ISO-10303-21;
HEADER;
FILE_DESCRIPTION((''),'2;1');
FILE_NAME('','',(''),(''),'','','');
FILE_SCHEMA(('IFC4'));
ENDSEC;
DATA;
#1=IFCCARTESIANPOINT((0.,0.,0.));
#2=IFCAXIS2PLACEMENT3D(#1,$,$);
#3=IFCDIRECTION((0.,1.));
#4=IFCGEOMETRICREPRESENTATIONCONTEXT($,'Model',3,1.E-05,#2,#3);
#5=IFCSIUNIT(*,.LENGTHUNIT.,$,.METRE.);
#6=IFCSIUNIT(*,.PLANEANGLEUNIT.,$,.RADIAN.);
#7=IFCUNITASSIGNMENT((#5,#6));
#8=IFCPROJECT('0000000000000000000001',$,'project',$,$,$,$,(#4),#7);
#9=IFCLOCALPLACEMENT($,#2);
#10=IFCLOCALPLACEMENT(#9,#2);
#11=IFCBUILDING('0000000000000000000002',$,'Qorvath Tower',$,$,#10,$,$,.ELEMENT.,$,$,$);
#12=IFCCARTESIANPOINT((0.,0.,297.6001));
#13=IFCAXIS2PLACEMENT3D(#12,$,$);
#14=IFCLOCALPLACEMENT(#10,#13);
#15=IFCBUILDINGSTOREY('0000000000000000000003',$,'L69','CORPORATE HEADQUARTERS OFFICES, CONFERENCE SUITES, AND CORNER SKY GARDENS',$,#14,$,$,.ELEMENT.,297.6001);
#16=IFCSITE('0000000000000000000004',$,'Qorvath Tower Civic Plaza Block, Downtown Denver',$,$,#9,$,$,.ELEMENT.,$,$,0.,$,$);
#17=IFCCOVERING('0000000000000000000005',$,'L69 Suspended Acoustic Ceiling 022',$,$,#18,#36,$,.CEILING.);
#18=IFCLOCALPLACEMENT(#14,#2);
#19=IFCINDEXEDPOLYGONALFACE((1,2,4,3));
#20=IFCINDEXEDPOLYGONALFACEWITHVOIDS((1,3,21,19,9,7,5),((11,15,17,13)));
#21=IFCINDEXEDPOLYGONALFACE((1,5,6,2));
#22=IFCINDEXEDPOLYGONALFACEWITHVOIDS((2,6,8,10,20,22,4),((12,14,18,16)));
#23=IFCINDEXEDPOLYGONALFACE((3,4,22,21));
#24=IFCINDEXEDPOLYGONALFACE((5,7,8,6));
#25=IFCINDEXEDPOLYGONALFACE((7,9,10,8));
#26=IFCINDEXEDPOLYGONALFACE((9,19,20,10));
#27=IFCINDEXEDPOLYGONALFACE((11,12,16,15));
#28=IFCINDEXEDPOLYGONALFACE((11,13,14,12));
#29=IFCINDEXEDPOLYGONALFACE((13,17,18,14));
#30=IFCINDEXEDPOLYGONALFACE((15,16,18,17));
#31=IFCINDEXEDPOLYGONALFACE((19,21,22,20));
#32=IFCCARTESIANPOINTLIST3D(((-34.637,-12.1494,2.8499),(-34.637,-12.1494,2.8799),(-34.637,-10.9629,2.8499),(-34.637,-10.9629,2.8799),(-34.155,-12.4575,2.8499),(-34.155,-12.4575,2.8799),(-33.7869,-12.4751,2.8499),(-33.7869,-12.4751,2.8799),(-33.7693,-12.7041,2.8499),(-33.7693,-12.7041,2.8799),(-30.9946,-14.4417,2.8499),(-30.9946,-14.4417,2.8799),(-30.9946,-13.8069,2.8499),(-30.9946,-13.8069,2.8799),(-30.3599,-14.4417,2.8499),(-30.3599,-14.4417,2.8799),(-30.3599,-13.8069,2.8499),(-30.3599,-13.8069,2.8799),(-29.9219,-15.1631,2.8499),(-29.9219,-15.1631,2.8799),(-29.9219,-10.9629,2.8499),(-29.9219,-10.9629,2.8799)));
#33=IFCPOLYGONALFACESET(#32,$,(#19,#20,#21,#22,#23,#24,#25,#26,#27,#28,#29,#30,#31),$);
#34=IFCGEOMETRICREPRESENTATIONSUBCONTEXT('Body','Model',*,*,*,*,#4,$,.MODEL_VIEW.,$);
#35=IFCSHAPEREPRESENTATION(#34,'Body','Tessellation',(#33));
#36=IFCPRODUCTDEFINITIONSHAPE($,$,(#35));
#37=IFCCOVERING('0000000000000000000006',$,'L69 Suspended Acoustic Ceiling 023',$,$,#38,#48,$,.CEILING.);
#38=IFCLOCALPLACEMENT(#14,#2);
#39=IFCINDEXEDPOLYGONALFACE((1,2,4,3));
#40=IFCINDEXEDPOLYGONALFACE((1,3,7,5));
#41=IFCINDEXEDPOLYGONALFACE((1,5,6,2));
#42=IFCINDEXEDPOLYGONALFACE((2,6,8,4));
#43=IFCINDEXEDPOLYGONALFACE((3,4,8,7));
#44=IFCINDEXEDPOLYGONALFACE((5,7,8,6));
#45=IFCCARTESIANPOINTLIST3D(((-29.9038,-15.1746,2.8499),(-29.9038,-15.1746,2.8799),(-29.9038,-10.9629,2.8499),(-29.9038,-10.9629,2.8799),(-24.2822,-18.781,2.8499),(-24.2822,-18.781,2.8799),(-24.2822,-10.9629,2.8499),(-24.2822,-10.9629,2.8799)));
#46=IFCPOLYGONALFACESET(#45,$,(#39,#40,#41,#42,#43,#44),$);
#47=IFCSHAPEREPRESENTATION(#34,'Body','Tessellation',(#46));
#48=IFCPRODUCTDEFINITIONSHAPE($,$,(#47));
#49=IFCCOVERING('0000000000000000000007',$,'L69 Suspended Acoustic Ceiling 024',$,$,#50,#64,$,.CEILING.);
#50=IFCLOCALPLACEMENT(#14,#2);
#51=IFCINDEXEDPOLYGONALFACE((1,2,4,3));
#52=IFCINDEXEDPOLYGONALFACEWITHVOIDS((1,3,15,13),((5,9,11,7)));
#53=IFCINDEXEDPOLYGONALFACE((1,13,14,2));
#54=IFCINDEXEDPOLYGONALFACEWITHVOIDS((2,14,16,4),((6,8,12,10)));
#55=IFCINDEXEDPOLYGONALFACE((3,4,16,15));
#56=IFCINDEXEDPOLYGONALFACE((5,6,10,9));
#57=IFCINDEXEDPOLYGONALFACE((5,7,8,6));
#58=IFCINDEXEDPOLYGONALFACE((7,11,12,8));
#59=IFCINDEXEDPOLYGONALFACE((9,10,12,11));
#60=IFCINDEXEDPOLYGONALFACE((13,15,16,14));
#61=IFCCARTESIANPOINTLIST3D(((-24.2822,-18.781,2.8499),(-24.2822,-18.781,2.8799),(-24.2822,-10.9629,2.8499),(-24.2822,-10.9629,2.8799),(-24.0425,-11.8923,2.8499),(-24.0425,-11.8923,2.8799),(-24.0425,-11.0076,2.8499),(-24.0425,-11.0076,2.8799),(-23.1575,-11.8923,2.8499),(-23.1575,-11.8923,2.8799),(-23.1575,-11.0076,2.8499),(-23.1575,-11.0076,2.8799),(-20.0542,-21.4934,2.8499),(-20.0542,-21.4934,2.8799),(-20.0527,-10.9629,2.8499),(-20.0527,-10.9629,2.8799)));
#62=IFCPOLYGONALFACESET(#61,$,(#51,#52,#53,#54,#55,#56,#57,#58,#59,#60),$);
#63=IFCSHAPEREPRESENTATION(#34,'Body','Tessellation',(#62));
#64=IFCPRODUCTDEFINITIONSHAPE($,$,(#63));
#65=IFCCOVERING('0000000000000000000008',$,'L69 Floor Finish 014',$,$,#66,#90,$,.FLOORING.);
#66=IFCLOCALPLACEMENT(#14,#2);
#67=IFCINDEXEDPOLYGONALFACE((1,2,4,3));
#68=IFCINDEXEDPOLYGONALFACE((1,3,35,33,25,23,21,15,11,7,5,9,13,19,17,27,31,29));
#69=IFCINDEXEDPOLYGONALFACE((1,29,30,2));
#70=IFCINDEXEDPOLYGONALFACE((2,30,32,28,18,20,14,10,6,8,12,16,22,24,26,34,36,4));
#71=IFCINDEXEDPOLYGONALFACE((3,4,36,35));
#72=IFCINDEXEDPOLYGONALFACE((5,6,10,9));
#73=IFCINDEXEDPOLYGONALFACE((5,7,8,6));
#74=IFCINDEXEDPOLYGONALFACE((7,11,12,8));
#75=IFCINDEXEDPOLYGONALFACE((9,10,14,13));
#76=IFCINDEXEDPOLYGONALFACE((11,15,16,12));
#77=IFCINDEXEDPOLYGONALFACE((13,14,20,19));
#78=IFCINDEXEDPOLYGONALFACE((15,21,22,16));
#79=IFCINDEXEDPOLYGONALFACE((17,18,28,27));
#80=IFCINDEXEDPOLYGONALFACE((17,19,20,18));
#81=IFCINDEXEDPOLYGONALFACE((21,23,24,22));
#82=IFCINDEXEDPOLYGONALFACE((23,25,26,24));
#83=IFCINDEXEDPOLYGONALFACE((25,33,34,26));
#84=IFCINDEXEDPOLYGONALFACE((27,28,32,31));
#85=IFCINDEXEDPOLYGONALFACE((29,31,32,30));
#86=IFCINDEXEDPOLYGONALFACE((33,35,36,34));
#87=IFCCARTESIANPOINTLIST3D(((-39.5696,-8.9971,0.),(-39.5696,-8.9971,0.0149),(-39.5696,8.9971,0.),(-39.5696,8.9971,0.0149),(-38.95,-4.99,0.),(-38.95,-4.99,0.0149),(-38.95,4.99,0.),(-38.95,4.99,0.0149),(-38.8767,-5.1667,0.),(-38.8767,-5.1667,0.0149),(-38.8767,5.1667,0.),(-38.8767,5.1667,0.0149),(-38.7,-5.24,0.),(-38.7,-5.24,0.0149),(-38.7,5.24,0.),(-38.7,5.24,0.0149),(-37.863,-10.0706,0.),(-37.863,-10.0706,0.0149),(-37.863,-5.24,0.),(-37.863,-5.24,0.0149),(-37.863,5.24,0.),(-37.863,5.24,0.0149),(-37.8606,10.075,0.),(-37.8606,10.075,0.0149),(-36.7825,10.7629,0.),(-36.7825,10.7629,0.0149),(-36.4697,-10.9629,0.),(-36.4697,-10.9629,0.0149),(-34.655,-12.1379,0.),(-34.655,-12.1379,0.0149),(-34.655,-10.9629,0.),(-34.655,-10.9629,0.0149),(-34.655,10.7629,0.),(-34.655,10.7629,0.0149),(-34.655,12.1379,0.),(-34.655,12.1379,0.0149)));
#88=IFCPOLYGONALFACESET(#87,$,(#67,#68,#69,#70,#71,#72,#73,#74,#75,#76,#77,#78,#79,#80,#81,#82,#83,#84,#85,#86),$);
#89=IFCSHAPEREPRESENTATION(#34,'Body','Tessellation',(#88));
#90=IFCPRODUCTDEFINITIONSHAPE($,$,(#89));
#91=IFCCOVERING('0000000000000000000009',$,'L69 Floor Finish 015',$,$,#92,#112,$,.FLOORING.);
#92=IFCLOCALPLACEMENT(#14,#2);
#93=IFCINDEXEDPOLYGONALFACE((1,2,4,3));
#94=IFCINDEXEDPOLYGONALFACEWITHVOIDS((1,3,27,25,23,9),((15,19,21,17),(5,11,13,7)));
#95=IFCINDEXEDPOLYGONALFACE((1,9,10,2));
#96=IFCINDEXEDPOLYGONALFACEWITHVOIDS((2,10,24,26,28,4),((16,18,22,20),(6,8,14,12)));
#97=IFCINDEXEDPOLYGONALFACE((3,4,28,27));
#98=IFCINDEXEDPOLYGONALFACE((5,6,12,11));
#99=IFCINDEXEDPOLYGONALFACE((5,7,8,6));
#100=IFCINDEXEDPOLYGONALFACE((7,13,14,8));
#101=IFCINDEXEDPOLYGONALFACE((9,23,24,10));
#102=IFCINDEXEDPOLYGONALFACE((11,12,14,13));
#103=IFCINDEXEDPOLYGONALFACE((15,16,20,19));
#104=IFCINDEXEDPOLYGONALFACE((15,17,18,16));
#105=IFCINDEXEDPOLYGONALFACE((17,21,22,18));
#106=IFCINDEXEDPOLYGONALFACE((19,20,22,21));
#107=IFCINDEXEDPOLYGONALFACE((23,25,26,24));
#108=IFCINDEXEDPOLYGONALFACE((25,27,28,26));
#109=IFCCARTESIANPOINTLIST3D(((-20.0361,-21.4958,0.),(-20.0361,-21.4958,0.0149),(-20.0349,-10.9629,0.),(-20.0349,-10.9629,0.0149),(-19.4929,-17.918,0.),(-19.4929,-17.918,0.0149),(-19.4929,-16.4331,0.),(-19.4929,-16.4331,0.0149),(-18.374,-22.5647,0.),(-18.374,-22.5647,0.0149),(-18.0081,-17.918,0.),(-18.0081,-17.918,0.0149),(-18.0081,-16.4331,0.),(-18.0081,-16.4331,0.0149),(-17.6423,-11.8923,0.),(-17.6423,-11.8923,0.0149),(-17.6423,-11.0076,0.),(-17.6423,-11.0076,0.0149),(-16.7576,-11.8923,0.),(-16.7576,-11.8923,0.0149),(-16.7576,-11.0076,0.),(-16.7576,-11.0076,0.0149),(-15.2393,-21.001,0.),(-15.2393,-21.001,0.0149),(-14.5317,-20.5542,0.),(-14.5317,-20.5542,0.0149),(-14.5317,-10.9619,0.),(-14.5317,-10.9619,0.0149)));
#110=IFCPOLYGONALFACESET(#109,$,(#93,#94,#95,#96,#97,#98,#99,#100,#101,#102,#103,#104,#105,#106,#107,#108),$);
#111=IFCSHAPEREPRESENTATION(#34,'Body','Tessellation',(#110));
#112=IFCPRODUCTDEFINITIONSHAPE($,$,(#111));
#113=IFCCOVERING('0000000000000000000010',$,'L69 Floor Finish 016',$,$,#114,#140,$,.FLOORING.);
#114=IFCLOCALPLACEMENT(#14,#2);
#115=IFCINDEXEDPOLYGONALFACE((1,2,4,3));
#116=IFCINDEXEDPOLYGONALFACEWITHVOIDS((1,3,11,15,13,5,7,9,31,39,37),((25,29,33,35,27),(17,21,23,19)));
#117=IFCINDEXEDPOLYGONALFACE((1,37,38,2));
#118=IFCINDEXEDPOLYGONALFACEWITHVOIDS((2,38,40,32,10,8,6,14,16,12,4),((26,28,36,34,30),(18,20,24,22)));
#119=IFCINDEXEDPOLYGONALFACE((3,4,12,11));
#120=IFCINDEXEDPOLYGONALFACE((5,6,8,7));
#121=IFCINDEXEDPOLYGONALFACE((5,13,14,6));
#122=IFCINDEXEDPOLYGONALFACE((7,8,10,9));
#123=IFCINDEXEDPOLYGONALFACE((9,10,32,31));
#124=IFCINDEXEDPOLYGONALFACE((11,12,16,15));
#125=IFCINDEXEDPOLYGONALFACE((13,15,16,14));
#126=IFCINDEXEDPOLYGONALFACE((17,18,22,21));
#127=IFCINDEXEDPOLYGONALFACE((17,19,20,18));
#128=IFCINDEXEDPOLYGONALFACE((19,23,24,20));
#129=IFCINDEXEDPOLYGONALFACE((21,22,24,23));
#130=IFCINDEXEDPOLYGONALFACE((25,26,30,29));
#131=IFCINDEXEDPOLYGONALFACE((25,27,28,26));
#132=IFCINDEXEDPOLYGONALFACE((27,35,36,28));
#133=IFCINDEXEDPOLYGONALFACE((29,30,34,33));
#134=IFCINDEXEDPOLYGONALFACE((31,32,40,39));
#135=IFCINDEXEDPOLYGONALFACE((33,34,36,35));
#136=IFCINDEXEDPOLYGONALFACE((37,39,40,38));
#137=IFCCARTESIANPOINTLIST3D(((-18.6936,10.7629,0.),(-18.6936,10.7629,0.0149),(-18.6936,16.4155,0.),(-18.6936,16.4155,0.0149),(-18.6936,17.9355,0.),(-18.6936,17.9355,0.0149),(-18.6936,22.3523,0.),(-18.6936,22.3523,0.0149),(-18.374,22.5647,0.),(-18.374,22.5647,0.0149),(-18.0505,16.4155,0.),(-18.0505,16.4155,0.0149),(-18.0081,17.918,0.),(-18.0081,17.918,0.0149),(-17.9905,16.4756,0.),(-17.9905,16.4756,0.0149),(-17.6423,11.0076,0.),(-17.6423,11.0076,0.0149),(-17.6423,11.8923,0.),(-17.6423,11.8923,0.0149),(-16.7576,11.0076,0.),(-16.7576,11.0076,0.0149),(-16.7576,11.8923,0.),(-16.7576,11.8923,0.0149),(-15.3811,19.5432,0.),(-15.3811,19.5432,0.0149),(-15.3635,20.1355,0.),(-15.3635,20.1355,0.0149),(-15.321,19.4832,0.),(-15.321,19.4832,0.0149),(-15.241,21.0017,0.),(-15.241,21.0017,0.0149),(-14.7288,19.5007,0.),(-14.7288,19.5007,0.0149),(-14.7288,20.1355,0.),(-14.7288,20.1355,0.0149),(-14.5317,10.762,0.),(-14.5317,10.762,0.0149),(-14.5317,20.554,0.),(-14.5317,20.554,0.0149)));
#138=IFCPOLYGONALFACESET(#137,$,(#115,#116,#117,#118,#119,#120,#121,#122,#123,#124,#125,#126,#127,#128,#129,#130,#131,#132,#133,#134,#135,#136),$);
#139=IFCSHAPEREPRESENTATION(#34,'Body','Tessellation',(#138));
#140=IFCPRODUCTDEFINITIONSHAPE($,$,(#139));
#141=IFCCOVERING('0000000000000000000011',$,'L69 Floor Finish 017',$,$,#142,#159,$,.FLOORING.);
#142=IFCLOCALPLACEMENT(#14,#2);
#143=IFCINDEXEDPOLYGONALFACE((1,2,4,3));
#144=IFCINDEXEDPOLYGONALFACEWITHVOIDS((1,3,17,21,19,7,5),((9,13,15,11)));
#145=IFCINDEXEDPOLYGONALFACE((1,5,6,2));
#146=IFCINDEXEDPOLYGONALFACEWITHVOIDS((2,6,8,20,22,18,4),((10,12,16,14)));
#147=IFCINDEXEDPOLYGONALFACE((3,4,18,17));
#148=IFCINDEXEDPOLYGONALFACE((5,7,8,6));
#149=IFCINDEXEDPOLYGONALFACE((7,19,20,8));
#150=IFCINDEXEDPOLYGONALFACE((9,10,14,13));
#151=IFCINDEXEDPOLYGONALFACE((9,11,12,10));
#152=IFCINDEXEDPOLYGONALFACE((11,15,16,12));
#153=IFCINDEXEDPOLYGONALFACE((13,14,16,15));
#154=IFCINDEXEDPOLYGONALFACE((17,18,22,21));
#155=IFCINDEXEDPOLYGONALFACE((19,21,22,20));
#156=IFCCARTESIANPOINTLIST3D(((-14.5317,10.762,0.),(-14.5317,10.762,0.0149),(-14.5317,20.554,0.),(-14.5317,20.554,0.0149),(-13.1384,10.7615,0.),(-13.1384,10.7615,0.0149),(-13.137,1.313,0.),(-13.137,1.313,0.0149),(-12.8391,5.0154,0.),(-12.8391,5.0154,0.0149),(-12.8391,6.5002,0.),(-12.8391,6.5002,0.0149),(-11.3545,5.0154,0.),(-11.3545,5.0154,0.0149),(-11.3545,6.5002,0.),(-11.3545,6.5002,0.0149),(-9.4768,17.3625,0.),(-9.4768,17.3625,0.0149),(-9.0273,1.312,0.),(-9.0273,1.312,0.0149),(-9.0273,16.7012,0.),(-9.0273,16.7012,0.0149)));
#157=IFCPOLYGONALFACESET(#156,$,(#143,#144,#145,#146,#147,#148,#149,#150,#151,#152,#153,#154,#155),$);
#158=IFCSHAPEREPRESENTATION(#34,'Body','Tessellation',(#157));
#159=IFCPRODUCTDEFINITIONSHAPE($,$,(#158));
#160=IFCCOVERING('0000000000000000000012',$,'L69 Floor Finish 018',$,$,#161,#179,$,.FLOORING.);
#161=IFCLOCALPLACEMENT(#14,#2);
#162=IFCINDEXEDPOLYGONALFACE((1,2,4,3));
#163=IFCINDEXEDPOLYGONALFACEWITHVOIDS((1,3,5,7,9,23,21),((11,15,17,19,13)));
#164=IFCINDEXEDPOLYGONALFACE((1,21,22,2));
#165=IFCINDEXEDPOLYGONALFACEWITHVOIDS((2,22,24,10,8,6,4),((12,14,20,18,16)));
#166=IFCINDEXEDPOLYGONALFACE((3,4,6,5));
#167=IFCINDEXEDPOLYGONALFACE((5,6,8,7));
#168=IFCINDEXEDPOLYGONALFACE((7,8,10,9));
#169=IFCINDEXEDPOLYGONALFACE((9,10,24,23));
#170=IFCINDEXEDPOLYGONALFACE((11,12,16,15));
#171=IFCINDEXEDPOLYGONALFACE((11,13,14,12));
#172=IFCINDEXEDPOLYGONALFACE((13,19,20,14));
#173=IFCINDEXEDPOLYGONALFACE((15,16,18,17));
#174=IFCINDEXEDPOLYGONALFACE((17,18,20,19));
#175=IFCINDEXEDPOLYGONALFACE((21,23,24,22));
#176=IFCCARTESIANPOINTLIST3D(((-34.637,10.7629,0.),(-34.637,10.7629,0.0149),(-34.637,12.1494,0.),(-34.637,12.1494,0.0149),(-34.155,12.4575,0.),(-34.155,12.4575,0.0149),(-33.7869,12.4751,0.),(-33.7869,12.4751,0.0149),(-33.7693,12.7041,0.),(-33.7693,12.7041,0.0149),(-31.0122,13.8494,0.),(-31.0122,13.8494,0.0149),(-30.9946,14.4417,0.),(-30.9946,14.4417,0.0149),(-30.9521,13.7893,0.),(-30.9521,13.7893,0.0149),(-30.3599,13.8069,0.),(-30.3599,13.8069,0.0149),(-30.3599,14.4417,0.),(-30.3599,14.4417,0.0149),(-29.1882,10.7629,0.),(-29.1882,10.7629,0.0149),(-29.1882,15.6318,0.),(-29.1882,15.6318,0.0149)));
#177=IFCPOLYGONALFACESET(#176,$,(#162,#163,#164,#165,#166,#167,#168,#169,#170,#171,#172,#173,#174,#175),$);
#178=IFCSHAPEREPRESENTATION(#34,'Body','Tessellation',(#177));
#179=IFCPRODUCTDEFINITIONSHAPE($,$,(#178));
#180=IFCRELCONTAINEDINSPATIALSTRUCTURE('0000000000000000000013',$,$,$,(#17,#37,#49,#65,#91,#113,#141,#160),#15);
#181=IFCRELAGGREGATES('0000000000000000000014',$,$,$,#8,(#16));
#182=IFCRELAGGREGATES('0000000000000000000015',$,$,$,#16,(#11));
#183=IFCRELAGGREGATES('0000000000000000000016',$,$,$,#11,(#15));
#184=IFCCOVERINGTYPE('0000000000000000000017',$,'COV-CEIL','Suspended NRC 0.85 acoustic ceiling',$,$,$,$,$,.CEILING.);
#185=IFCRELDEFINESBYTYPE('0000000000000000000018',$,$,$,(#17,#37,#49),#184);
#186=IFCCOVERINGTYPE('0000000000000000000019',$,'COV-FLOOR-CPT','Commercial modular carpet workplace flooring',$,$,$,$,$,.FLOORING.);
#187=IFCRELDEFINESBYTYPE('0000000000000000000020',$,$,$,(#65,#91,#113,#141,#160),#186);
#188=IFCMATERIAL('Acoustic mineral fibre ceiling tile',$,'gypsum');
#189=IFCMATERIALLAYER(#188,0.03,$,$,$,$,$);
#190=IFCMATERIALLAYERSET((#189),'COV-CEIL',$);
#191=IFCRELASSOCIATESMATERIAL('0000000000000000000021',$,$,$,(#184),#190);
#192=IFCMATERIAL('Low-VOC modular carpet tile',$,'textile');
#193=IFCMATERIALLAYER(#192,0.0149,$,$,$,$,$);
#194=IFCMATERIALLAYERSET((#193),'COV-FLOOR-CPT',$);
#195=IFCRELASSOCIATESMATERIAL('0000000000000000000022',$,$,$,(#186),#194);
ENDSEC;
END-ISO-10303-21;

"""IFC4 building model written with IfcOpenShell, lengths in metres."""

from ifc_helpers import new_model, si_unit, direction, frame, origin, place, context, subcontext, project, spatial, polyline, outline, extrude, material, layer, layer_set, type_object, element, save


model = new_model("IFC4")

# Units and contexts
model_context = context("Model", 3, precision=1e-05, world=origin(), true_north=direction((0.0, 1.0)))
body_context = subcontext(model_context, "Body", "Model", "MODEL_VIEW")
ifc_project = project(units=[si_unit("LENGTHUNIT", "METRE"), si_unit("PLANEANGLEUNIT", "RADIAN")], contexts=[model_context])

# Site, building, storey
site_placement = place(None, origin())
site = spatial("IfcSite", under=ifc_project, at=site_placement, Name="Qorvath Tower Civic Plaza Block, Downtown Denver", CompositionType="ELEMENT", RefElevation=0.0)
building_placement = place(site_placement, origin())
building = spatial("IfcBuilding", under=site, at=building_placement, Name="Qorvath Tower", CompositionType="ELEMENT")
storey_placement = place(building_placement, frame((0.0, 0.0, 297.6001)))
storey = spatial("IfcBuildingStorey", under=building, at=storey_placement, Name="L69", Description="CORPORATE HEADQUARTERS OFFICES, CONFERENCE SUITES, AND CORNER SKY GARDENS", CompositionType="ELEMENT", Elevation=297.6001)

# Coverings
ifc_material_1 = material(Name="Acoustic mineral fibre ceiling tile", Category="gypsum")
ifc_layer_1 = layer(ifc_material_1, 0.03)
ifc_layer_set_1 = layer_set([ifc_layer_1], Name="COV-CEIL")
covering_type_1 = type_object("IfcCoveringType", Name="COV-CEIL", Description="Suspended NRC 0.85 acoustic ceiling", PredefinedType="CEILING", material=ifc_layer_set_1)
covering_1_placement = place(storey_placement, frame((0.0, 0.0, 2.8499)))
element("IfcCovering", 1, at=covering_1_placement, inside=storey, type_object=covering_type_1, Name="L69 Suspended Acoustic Ceiling 022", PredefinedType="CEILING", context=body_context, shape_type="SweptSolid", body=[
    extrude(outline(polyline([(-34.637, -12.1494), (-34.155, -12.4575), (-33.7869, -12.4751), (-33.7693, -12.7041), (-29.9219, -15.1631), (-29.9219, -10.9629), (-34.637, -10.9629), (-34.637, -12.1494)]), holes=[polyline([(-30.9946, -13.8069), (-30.3599, -13.8069), (-30.3599, -14.4417), (-30.9946, -14.4417), (-30.9946, -13.8069)])]), origin(), (0.0, 0.0, 1.0), 0.03),
])
covering_2_placement = place(storey_placement, frame((0.0, 0.0, 2.8499)))
element("IfcCovering", 2, at=covering_2_placement, inside=storey, type_object=covering_type_1, Name="L69 Suspended Acoustic Ceiling 023", PredefinedType="CEILING", context=body_context, shape_type="SweptSolid", body=[
    extrude(outline(polyline([(-29.9038, -10.9629), (-29.9038, -15.1746), (-24.2822, -18.781), (-24.2822, -10.9629), (-29.9038, -10.9629)])), origin(), (0.0, 0.0, 1.0), 0.03),
])
covering_3_placement = place(storey_placement, frame((0.0, 0.0, 2.8499)))
element("IfcCovering", 3, at=covering_3_placement, inside=storey, type_object=covering_type_1, Name="L69 Suspended Acoustic Ceiling 024", PredefinedType="CEILING", context=body_context, shape_type="SweptSolid", body=[
    extrude(outline(polyline([(-24.2822, -10.9629), (-24.2822, -18.781), (-20.0542, -21.4934), (-20.0527, -10.9629), (-24.2822, -10.9629)]), holes=[polyline([(-24.0425, -11.8923), (-24.0425, -11.0076), (-23.1575, -11.0076), (-23.1575, -11.8923), (-24.0425, -11.8923)])]), origin(), (0.0, 0.0, 1.0), 0.03),
])
ifc_material_2 = material(Name="Low-VOC modular carpet tile", Category="textile")
ifc_layer_2 = layer(ifc_material_2, 0.0149)
ifc_layer_set_2 = layer_set([ifc_layer_2], Name="COV-FLOOR-CPT")
covering_type_2 = type_object("IfcCoveringType", Name="COV-FLOOR-CPT", Description="Commercial modular carpet workplace flooring", PredefinedType="FLOORING", material=ifc_layer_set_2)
covering_4_placement = place(storey_placement, origin())
element("IfcCovering", 4, at=covering_4_placement, inside=storey, type_object=covering_type_2, Name="L69 Floor Finish 014", PredefinedType="FLOORING", context=body_context, shape_type="SweptSolid", body=[
    extrude(outline(polyline([(-34.655, 10.7629), (-34.655, 12.1379), (-39.5696, 8.9971), (-39.5696, -8.9971), (-34.655, -12.1379), (-34.655, -10.9629), (-36.4697, -10.9629), (-37.863, -10.0706), (-37.863, -5.24), (-38.7, -5.24), (-38.8767, -5.1667), (-38.95, -4.99), (-38.95, 4.99), (-38.8767, 5.1667), (-38.7, 5.24), (-37.863, 5.24), (-37.8606, 10.075), (-36.7825, 10.7629), (-34.655, 10.7629)])), origin(), (0.0, 0.0, 1.0), 0.0149),
])
covering_5_placement = place(storey_placement, origin())
element("IfcCovering", 5, at=covering_5_placement, inside=storey, type_object=covering_type_2, Name="L69 Floor Finish 015", PredefinedType="FLOORING", context=body_context, shape_type="SweptSolid", body=[
    extrude(outline(polyline([(-20.0349, -10.9629), (-20.0361, -21.4958), (-18.374, -22.5647), (-15.2393, -21.001), (-14.5317, -20.5542), (-14.5317, -10.9619), (-20.0349, -10.9629)]), holes=[polyline([(-17.6423, -11.8923), (-17.6423, -11.0076), (-16.7576, -11.0076), (-16.7576, -11.8923), (-17.6423, -11.8923)]), polyline([(-19.4929, -17.918), (-19.4929, -16.4331), (-18.0081, -16.4331), (-18.0081, -17.918), (-19.4929, -17.918)])]), origin(), (0.0, 0.0, 1.0), 0.0149),
])
covering_6_placement = place(storey_placement, origin())
element("IfcCovering", 6, at=covering_6_placement, inside=storey, type_object=covering_type_2, Name="L69 Floor Finish 016", PredefinedType="FLOORING", context=body_context, shape_type="SweptSolid", body=[
    extrude(outline(polyline([(-14.5317, 10.762), (-14.5317, 20.554), (-15.241, 21.0017), (-18.374, 22.5647), (-18.6936, 22.3523), (-18.6936, 17.9355), (-18.0081, 17.918), (-17.9905, 16.4756), (-18.0505, 16.4155), (-18.6936, 16.4155), (-18.6936, 10.7629), (-14.5317, 10.762)]), holes=[polyline([(-15.3811, 19.5432), (-15.3635, 20.1355), (-14.7288, 20.1355), (-14.7288, 19.5007), (-15.321, 19.4832), (-15.3811, 19.5432)]), polyline([(-17.6423, 11.0076), (-17.6423, 11.8923), (-16.7576, 11.8923), (-16.7576, 11.0076), (-17.6423, 11.0076)])]), origin(), (0.0, 0.0, 1.0), 0.0149),
])
covering_7_placement = place(storey_placement, origin())
element("IfcCovering", 7, at=covering_7_placement, inside=storey, type_object=covering_type_2, Name="L69 Floor Finish 017", PredefinedType="FLOORING", context=body_context, shape_type="SweptSolid", body=[
    extrude(outline(polyline([(-9.0273, 1.312), (-9.0273, 16.7012), (-9.4768, 17.3625), (-14.5317, 20.554), (-14.5317, 10.762), (-13.1384, 10.7615), (-13.137, 1.313), (-9.0273, 1.312)]), holes=[polyline([(-12.8391, 5.0154), (-12.8391, 6.5002), (-11.3545, 6.5002), (-11.3545, 5.0154), (-12.8391, 5.0154)])]), origin(), (0.0, 0.0, 1.0), 0.0149),
])
covering_8_placement = place(storey_placement, origin())
element("IfcCovering", 8, at=covering_8_placement, inside=storey, type_object=covering_type_2, Name="L69 Floor Finish 018", PredefinedType="FLOORING", context=body_context, shape_type="SweptSolid", body=[
    extrude(outline(polyline([(-29.1882, 15.6318), (-33.7693, 12.7041), (-33.7869, 12.4751), (-34.155, 12.4575), (-34.637, 12.1494), (-34.637, 10.7629), (-29.1882, 10.7629), (-29.1882, 15.6318)]), holes=[polyline([(-30.9946, 14.4417), (-30.3599, 14.4417), (-30.3599, 13.8069), (-30.9521, 13.7893), (-31.0122, 13.8494), (-30.9946, 14.4417)])]), origin(), (0.0, 0.0, 1.0), 0.0149),
])

save(model, "model.ifc")
